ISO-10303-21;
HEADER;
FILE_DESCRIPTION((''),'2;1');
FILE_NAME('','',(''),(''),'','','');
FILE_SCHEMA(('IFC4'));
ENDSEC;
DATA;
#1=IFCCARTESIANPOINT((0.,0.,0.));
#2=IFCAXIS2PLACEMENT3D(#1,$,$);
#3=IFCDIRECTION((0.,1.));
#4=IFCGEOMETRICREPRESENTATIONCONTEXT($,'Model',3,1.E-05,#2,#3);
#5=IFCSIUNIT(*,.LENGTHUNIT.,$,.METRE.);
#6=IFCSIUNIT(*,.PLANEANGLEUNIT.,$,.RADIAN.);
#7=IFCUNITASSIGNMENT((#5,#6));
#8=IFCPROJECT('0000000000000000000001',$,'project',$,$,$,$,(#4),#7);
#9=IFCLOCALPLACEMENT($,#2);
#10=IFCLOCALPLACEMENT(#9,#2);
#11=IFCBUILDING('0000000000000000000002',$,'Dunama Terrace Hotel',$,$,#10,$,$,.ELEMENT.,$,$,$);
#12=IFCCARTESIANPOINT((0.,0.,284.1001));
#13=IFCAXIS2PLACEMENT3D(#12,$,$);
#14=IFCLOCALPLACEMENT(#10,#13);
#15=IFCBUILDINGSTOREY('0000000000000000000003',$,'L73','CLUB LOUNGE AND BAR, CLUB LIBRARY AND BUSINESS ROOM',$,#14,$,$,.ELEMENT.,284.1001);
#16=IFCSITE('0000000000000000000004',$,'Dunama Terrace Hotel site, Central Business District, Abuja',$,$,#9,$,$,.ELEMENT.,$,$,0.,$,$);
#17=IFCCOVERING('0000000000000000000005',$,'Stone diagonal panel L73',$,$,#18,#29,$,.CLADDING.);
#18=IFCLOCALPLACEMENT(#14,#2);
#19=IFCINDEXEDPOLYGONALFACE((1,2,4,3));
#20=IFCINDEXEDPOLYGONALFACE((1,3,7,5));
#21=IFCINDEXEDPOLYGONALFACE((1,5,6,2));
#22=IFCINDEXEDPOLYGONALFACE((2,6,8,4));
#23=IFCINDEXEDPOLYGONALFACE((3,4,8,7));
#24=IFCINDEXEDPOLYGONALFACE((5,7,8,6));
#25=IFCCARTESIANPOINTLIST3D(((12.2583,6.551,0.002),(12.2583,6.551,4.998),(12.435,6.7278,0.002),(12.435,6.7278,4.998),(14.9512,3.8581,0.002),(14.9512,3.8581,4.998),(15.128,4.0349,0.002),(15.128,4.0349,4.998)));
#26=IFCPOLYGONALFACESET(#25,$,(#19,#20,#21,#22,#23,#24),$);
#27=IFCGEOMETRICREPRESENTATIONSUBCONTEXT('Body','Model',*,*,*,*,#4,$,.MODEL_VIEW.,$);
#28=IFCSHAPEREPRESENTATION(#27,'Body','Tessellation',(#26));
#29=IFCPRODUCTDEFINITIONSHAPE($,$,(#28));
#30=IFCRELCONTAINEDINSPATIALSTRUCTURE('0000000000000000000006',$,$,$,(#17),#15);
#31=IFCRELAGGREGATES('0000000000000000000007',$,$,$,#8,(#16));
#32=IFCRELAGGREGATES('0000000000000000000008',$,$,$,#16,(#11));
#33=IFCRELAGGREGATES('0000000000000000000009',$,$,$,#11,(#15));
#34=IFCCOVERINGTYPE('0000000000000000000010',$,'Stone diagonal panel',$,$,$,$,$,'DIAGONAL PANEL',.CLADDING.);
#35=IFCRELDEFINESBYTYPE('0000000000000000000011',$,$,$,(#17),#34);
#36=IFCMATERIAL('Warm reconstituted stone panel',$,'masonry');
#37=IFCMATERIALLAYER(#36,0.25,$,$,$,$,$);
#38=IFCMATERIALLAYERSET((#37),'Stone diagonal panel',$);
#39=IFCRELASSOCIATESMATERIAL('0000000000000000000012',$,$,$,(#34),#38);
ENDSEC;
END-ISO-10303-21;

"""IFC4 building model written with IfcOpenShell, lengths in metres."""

from ifc_helpers import new_model, si_unit, direction, frame, origin, origin_2d, place, context, subcontext, project, spatial, rectangle, extrude, material, layer, layer_set, type_object, element, save


model = new_model("IFC4")

# Units and contexts
model_context = context("Model", 3, precision=1e-05, world=origin(), true_north=direction((0.0, 1.0)))
body_context = subcontext(model_context, "Body", "Model", "MODEL_VIEW")
ifc_project = project(units=[si_unit("LENGTHUNIT", "METRE"), si_unit("PLANEANGLEUNIT", "RADIAN")], contexts=[model_context])

# Site, building, storey
site_placement = place(None, origin())
site = spatial("IfcSite", under=ifc_project, at=site_placement, Name="Dunama Terrace Hotel site, Central Business District, Abuja", CompositionType="ELEMENT", RefElevation=0.0)
building_placement = place(site_placement, origin())
building = spatial("IfcBuilding", under=site, at=building_placement, Name="Dunama Terrace Hotel", CompositionType="ELEMENT")
storey_placement = place(building_placement, frame((0.0, 0.0, 284.1001)))
storey = spatial("IfcBuildingStorey", under=building, at=storey_placement, Name="L73", Description="CLUB LOUNGE AND BAR, CLUB LIBRARY AND BUSINESS ROOM", CompositionType="ELEMENT", Elevation=284.1001)

# Covering
ifc_material_1 = material(Name="Warm reconstituted stone panel", Category="masonry")
ifc_layer_1 = layer(ifc_material_1, 0.25)
ifc_layer_set_1 = layer_set([ifc_layer_1], Name="Stone diagonal panel")
covering_type = type_object("IfcCoveringType", Name="Stone diagonal panel", ElementType="DIAGONAL PANEL", PredefinedType="CLADDING", material=ifc_layer_set_1)
covering_placement = place(storey_placement, frame((13.6931, 5.293, 0.002), z_axis=(0.0, 0.0, 1.0), x_axis=(0.707107, -0.707107, 0.0)))
element("IfcCovering", 1, at=covering_placement, inside=storey, type_object=covering_type, Name="Stone diagonal panel L73", PredefinedType="CLADDING", context=body_context, shape_type="SweptSolid", body=[
    extrude(rectangle(XDim=3.8083, YDim=0.25, at=origin_2d()), origin(), (0.0, 0.0, 1.0), 4.9961),
])

save(model, "model.ifc")
